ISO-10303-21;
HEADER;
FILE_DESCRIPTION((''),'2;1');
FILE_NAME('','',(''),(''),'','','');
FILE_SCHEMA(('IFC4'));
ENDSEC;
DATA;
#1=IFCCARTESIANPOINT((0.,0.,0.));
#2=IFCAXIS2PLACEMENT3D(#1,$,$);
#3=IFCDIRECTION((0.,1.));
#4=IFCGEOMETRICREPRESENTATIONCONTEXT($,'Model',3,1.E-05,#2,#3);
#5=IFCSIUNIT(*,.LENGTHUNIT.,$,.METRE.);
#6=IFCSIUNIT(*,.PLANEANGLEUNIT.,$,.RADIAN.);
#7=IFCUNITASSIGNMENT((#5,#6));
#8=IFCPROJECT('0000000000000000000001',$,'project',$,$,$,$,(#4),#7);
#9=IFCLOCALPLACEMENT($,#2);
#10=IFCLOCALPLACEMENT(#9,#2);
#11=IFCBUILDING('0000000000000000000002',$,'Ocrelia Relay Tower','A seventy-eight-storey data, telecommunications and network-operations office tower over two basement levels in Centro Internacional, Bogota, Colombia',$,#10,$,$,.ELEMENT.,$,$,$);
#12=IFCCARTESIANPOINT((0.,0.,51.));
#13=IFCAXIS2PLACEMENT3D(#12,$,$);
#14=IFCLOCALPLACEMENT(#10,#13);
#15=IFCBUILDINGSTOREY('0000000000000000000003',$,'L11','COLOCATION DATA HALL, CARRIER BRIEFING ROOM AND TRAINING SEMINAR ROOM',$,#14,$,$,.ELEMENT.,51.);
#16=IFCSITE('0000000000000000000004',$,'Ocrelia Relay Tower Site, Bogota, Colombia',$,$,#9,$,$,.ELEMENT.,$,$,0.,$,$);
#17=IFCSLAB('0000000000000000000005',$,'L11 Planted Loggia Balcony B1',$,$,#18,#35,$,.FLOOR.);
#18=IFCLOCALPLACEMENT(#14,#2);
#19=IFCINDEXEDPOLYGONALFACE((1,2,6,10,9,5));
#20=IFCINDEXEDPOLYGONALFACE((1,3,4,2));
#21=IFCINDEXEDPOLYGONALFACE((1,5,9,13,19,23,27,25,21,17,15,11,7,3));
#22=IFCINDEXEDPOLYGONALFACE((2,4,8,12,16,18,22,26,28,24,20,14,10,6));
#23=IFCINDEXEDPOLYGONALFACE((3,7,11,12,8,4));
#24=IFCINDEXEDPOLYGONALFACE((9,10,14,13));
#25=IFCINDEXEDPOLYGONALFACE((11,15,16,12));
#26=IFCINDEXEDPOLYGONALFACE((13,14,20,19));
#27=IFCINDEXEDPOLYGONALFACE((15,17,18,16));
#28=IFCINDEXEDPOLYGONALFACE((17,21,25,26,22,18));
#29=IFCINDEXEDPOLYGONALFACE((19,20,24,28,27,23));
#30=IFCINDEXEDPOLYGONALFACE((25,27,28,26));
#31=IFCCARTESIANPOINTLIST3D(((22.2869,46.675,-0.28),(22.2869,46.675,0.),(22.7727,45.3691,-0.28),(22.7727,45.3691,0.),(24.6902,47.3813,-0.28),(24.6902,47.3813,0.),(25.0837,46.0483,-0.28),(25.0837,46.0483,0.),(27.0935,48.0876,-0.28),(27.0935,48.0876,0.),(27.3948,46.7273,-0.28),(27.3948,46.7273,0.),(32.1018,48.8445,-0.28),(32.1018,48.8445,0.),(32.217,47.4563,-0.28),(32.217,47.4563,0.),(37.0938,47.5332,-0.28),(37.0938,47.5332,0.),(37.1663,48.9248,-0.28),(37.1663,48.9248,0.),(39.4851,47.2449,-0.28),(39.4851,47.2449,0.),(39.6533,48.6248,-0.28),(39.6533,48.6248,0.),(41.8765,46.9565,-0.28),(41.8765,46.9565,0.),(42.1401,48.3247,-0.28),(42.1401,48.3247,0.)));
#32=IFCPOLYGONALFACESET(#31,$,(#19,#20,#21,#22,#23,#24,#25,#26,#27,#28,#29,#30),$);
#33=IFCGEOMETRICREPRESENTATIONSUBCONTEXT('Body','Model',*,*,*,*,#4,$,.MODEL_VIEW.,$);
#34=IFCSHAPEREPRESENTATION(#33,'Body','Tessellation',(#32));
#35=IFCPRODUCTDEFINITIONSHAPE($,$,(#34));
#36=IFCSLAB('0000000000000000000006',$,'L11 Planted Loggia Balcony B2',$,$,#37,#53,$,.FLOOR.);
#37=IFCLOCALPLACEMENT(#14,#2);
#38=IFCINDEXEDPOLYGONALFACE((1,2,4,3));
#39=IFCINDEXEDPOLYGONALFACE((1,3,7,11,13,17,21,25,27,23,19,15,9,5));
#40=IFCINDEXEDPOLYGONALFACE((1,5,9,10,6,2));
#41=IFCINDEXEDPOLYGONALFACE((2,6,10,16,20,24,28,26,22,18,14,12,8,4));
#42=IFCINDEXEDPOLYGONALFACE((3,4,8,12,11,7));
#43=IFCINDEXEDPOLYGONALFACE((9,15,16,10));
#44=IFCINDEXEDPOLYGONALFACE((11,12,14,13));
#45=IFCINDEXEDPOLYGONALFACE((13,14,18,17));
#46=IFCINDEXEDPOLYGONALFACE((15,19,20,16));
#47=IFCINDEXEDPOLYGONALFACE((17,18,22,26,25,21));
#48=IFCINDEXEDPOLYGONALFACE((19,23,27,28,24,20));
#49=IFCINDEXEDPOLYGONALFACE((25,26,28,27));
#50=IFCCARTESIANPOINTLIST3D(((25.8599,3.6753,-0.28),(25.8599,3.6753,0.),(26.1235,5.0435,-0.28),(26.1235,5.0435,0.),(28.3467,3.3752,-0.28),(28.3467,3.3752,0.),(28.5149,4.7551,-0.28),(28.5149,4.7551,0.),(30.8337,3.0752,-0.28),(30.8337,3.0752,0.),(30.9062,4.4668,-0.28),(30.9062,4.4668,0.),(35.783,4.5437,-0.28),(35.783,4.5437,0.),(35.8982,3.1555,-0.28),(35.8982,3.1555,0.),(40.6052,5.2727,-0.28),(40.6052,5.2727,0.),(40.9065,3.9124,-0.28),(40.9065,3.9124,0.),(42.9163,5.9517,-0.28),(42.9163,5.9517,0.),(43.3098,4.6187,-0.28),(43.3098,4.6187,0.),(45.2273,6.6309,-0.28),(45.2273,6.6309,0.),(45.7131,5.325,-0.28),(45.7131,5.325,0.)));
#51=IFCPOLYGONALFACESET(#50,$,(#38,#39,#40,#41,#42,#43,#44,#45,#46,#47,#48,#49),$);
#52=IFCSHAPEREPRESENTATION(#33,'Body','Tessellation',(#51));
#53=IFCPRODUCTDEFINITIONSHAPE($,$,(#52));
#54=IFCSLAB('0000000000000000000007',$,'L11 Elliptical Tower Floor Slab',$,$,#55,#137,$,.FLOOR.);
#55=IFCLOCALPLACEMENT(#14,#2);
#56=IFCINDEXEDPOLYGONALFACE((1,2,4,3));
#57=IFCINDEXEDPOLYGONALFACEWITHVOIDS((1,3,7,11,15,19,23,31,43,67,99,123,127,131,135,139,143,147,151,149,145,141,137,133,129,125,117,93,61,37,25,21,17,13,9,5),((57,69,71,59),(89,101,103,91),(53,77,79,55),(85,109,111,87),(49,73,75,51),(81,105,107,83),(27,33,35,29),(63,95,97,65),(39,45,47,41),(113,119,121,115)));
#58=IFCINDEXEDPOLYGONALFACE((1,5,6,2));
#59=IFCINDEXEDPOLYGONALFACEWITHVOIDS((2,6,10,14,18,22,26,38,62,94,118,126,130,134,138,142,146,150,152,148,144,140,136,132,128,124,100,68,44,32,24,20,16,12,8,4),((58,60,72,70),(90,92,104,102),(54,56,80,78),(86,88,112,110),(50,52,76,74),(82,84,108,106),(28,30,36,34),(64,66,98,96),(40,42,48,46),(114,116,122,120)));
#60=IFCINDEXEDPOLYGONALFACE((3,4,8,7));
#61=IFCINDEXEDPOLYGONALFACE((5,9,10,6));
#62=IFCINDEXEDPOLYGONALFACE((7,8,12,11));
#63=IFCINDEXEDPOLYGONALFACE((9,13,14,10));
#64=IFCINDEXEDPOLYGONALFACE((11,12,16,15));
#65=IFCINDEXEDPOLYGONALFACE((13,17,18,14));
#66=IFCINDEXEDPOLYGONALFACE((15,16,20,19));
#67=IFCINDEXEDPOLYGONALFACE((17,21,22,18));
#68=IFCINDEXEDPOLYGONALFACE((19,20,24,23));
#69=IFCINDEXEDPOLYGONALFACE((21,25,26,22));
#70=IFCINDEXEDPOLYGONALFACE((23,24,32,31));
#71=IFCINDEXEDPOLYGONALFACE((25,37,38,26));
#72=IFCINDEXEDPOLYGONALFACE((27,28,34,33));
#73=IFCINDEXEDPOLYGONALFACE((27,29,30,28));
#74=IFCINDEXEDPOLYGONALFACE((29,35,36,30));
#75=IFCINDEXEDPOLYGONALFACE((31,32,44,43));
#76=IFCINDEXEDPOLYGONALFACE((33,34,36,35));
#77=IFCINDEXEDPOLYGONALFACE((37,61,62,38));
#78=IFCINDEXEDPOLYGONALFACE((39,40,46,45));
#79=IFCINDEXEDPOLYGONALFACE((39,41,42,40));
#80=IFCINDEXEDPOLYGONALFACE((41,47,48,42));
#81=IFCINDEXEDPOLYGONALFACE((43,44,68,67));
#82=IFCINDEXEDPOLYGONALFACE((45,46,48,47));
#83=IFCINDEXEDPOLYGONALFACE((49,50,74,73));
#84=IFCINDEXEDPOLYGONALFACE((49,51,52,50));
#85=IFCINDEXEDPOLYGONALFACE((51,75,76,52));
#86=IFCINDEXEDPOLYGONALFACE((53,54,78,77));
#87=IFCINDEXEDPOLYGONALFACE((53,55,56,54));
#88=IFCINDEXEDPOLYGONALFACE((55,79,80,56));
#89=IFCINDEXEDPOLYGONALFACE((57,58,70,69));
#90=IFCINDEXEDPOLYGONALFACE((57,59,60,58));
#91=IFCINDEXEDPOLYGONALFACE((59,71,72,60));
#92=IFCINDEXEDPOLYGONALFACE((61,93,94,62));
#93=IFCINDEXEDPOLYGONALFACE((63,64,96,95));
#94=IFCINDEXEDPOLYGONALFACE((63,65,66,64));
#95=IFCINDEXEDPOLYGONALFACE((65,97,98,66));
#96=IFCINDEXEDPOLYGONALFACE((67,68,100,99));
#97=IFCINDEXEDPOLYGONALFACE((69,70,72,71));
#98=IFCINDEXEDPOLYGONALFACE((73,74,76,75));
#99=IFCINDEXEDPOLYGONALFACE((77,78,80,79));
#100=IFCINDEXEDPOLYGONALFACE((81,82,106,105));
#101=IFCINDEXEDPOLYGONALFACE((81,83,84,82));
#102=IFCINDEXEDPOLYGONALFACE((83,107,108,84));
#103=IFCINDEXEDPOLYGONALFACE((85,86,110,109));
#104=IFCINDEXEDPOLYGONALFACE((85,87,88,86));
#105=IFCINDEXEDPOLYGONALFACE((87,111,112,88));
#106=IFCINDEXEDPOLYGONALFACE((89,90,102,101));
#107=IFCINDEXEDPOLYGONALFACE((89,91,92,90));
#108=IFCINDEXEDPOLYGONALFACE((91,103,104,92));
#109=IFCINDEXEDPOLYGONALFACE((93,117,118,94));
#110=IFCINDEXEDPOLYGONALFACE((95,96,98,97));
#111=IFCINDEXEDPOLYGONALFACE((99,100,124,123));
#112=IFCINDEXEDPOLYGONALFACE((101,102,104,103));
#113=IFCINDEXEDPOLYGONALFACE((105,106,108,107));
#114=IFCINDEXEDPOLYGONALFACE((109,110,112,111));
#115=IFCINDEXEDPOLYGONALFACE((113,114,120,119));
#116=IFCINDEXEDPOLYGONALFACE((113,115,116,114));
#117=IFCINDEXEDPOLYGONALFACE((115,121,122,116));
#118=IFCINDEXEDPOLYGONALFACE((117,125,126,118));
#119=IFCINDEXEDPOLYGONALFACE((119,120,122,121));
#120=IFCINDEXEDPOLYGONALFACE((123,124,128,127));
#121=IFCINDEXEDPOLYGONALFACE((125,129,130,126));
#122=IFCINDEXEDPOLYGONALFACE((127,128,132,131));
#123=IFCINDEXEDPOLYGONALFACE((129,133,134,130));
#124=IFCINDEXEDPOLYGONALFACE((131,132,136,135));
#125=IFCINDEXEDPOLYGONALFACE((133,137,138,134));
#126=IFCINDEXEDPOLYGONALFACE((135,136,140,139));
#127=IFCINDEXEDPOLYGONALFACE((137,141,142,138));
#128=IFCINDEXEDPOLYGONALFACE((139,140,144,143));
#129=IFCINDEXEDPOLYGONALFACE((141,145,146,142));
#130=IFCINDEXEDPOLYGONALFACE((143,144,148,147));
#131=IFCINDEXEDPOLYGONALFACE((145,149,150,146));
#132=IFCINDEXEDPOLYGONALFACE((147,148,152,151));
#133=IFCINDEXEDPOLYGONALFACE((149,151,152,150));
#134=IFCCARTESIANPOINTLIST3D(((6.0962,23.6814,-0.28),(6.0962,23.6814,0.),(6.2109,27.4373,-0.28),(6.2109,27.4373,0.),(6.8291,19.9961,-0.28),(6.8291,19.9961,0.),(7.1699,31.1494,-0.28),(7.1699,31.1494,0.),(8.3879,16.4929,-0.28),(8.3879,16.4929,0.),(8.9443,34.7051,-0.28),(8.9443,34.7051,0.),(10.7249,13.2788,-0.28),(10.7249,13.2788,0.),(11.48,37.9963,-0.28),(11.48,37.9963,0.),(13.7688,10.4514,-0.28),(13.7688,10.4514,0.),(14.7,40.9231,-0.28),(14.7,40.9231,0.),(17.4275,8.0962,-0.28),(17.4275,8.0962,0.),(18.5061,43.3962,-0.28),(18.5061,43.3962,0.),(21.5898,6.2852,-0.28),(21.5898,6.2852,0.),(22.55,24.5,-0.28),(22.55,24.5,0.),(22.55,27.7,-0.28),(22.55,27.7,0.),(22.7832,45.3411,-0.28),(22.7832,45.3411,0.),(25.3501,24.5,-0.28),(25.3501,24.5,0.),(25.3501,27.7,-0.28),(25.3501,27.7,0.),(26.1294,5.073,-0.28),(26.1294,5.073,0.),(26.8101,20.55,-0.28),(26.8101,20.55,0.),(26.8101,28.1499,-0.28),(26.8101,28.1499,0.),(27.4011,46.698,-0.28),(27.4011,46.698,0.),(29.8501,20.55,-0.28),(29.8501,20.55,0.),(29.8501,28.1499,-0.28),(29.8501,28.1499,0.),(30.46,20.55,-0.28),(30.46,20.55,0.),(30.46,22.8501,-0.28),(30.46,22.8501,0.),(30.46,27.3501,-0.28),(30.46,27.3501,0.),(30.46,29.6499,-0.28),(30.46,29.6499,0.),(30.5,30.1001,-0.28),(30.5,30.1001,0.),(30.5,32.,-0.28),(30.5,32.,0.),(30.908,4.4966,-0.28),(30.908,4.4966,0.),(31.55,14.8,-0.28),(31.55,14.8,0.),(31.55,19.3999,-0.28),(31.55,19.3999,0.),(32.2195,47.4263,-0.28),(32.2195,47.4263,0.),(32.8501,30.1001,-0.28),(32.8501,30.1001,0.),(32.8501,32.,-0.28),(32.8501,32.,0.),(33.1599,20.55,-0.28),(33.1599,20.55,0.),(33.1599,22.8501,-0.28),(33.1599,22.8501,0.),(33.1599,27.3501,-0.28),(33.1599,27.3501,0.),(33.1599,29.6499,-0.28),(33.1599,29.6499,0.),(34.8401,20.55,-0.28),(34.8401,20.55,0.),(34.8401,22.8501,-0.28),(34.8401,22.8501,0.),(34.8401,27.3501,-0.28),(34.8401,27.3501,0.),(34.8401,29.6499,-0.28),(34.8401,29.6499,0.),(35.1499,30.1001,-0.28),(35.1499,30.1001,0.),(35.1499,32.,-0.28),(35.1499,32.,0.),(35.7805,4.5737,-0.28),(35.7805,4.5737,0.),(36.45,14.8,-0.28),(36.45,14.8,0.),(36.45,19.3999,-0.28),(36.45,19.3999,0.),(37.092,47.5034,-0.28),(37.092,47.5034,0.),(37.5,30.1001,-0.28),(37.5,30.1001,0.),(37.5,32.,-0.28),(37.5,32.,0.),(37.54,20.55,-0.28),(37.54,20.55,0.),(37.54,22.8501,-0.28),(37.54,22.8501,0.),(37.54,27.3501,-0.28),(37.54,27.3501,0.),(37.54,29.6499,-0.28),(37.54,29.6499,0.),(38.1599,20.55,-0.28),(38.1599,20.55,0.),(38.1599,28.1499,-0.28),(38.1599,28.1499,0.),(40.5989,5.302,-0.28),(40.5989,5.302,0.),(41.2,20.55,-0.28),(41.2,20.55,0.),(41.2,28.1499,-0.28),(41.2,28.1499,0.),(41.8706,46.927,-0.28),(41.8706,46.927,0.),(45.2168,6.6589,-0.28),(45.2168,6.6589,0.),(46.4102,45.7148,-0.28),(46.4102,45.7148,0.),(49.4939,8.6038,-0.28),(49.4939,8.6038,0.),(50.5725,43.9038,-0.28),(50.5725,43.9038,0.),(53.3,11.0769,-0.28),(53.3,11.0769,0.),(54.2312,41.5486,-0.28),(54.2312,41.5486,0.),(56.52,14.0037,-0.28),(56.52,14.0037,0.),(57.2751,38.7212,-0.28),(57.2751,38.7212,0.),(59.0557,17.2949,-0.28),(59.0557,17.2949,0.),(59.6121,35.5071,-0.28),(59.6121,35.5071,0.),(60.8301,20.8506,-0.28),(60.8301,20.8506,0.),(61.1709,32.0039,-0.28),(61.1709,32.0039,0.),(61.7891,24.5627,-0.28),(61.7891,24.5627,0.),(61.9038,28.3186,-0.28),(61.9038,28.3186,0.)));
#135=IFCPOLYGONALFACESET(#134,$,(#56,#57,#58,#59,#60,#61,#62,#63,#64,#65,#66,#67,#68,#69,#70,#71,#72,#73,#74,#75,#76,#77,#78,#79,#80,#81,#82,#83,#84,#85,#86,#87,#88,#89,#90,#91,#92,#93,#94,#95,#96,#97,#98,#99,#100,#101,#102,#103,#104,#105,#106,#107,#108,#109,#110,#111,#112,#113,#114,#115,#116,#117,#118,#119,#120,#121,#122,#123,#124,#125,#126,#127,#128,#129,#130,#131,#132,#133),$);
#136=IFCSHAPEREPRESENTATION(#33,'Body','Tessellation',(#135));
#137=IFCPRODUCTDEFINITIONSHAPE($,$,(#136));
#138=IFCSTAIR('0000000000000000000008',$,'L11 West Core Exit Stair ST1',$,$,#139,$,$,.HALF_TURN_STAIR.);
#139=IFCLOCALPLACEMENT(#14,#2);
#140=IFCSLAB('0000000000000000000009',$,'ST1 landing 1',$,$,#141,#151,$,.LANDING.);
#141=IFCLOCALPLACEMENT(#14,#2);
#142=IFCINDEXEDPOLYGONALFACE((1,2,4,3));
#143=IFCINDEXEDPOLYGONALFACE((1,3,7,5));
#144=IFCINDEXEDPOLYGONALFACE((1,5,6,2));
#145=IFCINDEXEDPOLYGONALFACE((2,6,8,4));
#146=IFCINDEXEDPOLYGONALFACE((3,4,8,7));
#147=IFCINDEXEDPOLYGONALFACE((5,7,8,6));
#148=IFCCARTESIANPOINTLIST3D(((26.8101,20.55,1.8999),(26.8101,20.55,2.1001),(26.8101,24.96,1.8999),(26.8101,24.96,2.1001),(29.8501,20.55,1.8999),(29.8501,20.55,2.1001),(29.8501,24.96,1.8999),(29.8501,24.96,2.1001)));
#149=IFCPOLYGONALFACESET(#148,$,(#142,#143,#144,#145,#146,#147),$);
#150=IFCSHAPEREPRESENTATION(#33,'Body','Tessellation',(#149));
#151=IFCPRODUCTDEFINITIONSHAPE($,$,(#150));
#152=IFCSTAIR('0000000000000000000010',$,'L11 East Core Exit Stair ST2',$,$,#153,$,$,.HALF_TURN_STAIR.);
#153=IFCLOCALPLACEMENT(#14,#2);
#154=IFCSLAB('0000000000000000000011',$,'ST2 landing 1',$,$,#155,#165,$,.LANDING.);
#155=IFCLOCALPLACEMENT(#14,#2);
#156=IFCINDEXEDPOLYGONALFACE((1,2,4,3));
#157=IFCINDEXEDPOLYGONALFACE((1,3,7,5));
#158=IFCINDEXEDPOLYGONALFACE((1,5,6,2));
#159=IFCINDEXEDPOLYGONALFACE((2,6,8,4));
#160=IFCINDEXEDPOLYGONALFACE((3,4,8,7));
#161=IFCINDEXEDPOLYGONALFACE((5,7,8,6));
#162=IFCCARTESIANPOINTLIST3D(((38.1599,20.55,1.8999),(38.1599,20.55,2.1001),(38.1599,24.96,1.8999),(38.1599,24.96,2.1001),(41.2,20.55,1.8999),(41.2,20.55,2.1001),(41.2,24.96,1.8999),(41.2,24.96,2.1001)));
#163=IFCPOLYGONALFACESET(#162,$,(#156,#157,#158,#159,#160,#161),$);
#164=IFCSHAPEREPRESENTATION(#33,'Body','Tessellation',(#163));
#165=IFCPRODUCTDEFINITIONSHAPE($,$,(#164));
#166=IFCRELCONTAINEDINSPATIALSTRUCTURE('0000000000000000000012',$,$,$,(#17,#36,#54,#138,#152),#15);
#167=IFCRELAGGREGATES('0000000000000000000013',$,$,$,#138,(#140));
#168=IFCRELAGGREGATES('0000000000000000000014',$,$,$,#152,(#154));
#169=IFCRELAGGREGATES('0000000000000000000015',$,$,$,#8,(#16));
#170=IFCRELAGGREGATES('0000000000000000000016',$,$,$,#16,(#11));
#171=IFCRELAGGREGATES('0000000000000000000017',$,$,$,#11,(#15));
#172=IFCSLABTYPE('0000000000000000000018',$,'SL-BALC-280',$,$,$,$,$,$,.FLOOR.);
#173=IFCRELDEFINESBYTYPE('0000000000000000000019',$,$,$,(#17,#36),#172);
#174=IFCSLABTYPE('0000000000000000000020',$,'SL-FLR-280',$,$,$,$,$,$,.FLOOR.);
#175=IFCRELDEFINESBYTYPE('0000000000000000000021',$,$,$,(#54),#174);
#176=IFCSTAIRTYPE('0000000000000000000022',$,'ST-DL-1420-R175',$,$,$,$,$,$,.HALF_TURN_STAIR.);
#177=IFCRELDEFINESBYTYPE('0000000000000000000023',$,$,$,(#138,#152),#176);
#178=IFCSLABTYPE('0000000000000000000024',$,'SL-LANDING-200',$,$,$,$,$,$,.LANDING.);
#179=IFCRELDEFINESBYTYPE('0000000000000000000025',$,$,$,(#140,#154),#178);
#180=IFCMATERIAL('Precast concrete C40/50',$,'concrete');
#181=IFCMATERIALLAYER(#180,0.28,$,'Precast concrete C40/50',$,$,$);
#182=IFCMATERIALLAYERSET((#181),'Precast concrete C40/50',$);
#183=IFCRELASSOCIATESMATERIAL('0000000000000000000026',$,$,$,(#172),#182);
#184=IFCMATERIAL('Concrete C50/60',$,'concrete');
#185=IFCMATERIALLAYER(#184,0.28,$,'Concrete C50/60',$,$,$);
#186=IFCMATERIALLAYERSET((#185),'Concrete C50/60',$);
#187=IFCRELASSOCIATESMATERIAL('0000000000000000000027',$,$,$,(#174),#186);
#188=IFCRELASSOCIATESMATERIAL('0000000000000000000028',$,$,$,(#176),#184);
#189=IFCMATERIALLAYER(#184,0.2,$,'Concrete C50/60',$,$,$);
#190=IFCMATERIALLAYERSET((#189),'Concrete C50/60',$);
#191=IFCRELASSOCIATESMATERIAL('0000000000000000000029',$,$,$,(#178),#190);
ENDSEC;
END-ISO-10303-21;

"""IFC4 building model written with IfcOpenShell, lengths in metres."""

from ifc_helpers import new_model, si_unit, direction, frame, origin, place, context, subcontext, project, spatial, polyline, outline, extrude, material, layer, layer_set, type_object, element, aggregate, save


model = new_model("IFC4")

# Units and contexts
model_context = context("Model", 3, precision=1e-05, world=origin(), true_north=direction((0.0, 1.0)))
body_context = subcontext(model_context, "Body", "Model", "MODEL_VIEW")
ifc_project = project(units=[si_unit("LENGTHUNIT", "METRE"), si_unit("PLANEANGLEUNIT", "RADIAN")], contexts=[model_context])

# Site, building, storey
site_placement = place(None, origin())
site = spatial("IfcSite", under=ifc_project, at=site_placement, Name="Ocrelia Relay Tower Site, Bogota, Colombia", CompositionType="ELEMENT", RefElevation=0.0)
building_placement = place(site_placement, origin())
building = spatial("IfcBuilding", under=site, at=building_placement, Name="Ocrelia Relay Tower", Description="A seventy-eight-storey data, telecommunications and network-operations office tower over two basement levels in Centro Internacional, Bogota, Colombia", CompositionType="ELEMENT")
storey_placement = place(building_placement, frame((0.0, 0.0, 51.0)))
storey = spatial("IfcBuildingStorey", under=building, at=storey_placement, Name="L11", Description="COLOCATION DATA HALL, CARRIER BRIEFING ROOM AND TRAINING SEMINAR ROOM", CompositionType="ELEMENT", Elevation=51.0)

# Slabs
ifc_material_1 = material(Name="Precast concrete C40/50", Category="concrete")
ifc_layer_1 = layer(ifc_material_1, 0.28, Name="Precast concrete C40/50")
ifc_layer_set_1 = layer_set([ifc_layer_1], Name="Precast concrete C40/50")
slab_type_1 = type_object("IfcSlabType", Name="SL-BALC-280", PredefinedType="FLOOR", material=ifc_layer_set_1)
slab_1_placement = place(storey_placement, frame((0.0, 0.0, -0.28)))
element("IfcSlab", 1, at=slab_1_placement, inside=storey, type_object=slab_type_1, Name="L11 Planted Loggia Balcony B1", PredefinedType="FLOOR", context=body_context, shape_type="SweptSolid", body=[
    extrude(outline(polyline([(41.8765, 46.9565), (39.4851, 47.2449), (37.0938, 47.5332), (32.217, 47.4563), (27.3948, 46.7273), (25.0837, 46.0483), (22.7727, 45.3691), (22.2869, 46.675), (24.6902, 47.3813), (27.0935, 48.0876), (32.1018, 48.8445), (37.1663, 48.9248), (39.6533, 48.6248), (42.1401, 48.3247), (41.8765, 46.9565)])), origin(), (0.0, 0.0, 1.0), 0.28),
])
slab_2_placement = place(storey_placement, frame((0.0, 0.0, -0.28)))
element("IfcSlab", 2, at=slab_2_placement, inside=storey, type_object=slab_type_1, Name="L11 Planted Loggia Balcony B2", PredefinedType="FLOOR", context=body_context, shape_type="SweptSolid", body=[
    extrude(outline(polyline([(26.1235, 5.0435), (28.5149, 4.7551), (30.9062, 4.4668), (35.783, 4.5437), (40.6052, 5.2727), (42.9163, 5.9517), (45.2273, 6.6309), (45.7131, 5.325), (43.3098, 4.6187), (40.9065, 3.9124), (35.8982, 3.1555), (30.8337, 3.0752), (28.3467, 3.3752), (25.8599, 3.6753), (26.1235, 5.0435)])), origin(), (0.0, 0.0, 1.0), 0.28),
])
ifc_material_2 = material(Name="Concrete C50/60", Category="concrete")
ifc_layer_2 = layer(ifc_material_2, 0.28, Name="Concrete C50/60")
ifc_layer_set_2 = layer_set([ifc_layer_2], Name="Concrete C50/60")
slab_type_2 = type_object("IfcSlabType", Name="SL-FLR-280", PredefinedType="FLOOR", material=ifc_layer_set_2)
slab_3_placement = place(storey_placement, frame((0.0, 0.0, -0.28)))
element("IfcSlab", 3, at=slab_3_placement, inside=storey, type_object=slab_type_2, Name="L11 Elliptical Tower Floor Slab", PredefinedType="FLOOR", context=body_context, shape_type="SweptSolid", body=[
    extrude(outline(polyline([(61.9038, 28.3186), (61.1709, 32.0039), (59.6121, 35.5071), (57.2751, 38.7212), (54.2312, 41.5486), (50.5725, 43.9038), (46.4102, 45.7148), (41.8706, 46.927), (37.092, 47.5034), (32.2195, 47.4263), (27.4011, 46.698), (22.7832, 45.3411), (18.5061, 43.3962), (14.7, 40.9231), (11.48, 37.9963), (8.9443, 34.7051), (7.1699, 31.1494), (6.2109, 27.4373), (6.0962, 23.6814), (6.8291, 19.9961), (8.3879, 16.4929), (10.7249, 13.2788), (13.7688, 10.4514), (17.4275, 8.0962), (21.5898, 6.2852), (26.1294, 5.073), (30.908, 4.4966), (35.7805, 4.5737), (40.5989, 5.302), (45.2168, 6.6589), (49.4939, 8.6038), (53.3, 11.0769), (56.52, 14.0037), (59.0557, 17.2949), (60.8301, 20.8506), (61.7891, 24.5627), (61.9038, 28.3186)]), holes=[polyline([(26.8101, 28.1499), (26.8101, 20.55), (29.8501, 20.55), (29.8501, 28.1499), (26.8101, 28.1499)]), polyline([(38.1599, 28.1499), (38.1599, 20.55), (41.2, 20.55), (41.2, 28.1499), (38.1599, 28.1499)]), polyline([(30.46, 20.55), (33.1599, 20.55), (33.1599, 22.8501), (30.46, 22.8501), (30.46, 20.55)]), polyline([(34.8401, 20.55), (37.54, 20.55), (37.54, 22.8501), (34.8401, 22.8501), (34.8401, 20.55)]), polyline([(30.46, 27.3501), (33.1599, 27.3501), (33.1599, 29.6499), (30.46, 29.6499), (30.46, 27.3501)]), polyline([(34.8401, 27.3501), (37.54, 27.3501), (37.54, 29.6499), (34.8401, 29.6499), (34.8401, 27.3501)]), polyline([(30.5, 30.1001), (32.8501, 30.1001), (32.8501, 32.0), (30.5, 32.0), (30.5, 30.1001)]), polyline([(35.1499, 30.1001), (37.5, 30.1001), (37.5, 32.0), (35.1499, 32.0), (35.1499, 30.1001)]), polyline([(22.55, 24.5), (25.3501, 24.5), (25.3501, 27.7), (22.55, 27.7), (22.55, 24.5)]), polyline([(31.55, 14.8), (36.45, 14.8), (36.45, 19.3999), (31.55, 19.3999), (31.55, 14.8)])]), origin(), (0.0, 0.0, 1.0), 0.28),
])

# Stairs, slabs
stair_type = type_object("IfcStairType", Name="ST-DL-1420-R175", PredefinedType="HALF_TURN_STAIR", material=ifc_material_2)
stair_1_placement = place(storey_placement, origin())
stair_1 = element("IfcStair", 4, at=stair_1_placement, inside=storey, type_object=stair_type, Name="L11 West Core Exit Stair ST1", PredefinedType="HALF_TURN_STAIR")
ifc_layer_3 = layer(ifc_material_2, 0.2, Name="Concrete C50/60")
ifc_layer_set_3 = layer_set([ifc_layer_3], Name="Concrete C50/60")
slab_type_3 = type_object("IfcSlabType", Name="SL-LANDING-200", PredefinedType="LANDING", material=ifc_layer_set_3)
slab_4_placement = place(storey_placement, frame((0.0, 0.0, 1.8999)))
slab_4 = element("IfcSlab", 5, at=slab_4_placement, type_object=slab_type_3, Name="ST1 landing 1", PredefinedType="LANDING", context=body_context, shape_type="SweptSolid", body=[
    extrude(outline(polyline([(26.8101, 24.96), (26.8101, 20.55), (29.8501, 20.55), (29.8501, 24.96), (26.8101, 24.96)])), origin(), (0.0, 0.0, 1.0), 0.2002),
])
aggregate(stair_1, [slab_4])
stair_2_placement = place(storey_placement, origin())
stair_2 = element("IfcStair", 6, at=stair_2_placement, inside=storey, type_object=stair_type, Name="L11 East Core Exit Stair ST2", PredefinedType="HALF_TURN_STAIR")
slab_5_placement = place(storey_placement, frame((0.0, 0.0, 1.8999)))
slab_5 = element("IfcSlab", 7, at=slab_5_placement, type_object=slab_type_3, Name="ST2 landing 1", PredefinedType="LANDING", context=body_context, shape_type="SweptSolid", body=[
    extrude(outline(polyline([(38.1599, 24.96), (38.1599, 20.55), (41.2, 20.55), (41.2, 24.96), (38.1599, 24.96)])), origin(), (0.0, 0.0, 1.0), 0.2002),
])
aggregate(stair_2, [slab_5])

save(model, "model.ifc")
